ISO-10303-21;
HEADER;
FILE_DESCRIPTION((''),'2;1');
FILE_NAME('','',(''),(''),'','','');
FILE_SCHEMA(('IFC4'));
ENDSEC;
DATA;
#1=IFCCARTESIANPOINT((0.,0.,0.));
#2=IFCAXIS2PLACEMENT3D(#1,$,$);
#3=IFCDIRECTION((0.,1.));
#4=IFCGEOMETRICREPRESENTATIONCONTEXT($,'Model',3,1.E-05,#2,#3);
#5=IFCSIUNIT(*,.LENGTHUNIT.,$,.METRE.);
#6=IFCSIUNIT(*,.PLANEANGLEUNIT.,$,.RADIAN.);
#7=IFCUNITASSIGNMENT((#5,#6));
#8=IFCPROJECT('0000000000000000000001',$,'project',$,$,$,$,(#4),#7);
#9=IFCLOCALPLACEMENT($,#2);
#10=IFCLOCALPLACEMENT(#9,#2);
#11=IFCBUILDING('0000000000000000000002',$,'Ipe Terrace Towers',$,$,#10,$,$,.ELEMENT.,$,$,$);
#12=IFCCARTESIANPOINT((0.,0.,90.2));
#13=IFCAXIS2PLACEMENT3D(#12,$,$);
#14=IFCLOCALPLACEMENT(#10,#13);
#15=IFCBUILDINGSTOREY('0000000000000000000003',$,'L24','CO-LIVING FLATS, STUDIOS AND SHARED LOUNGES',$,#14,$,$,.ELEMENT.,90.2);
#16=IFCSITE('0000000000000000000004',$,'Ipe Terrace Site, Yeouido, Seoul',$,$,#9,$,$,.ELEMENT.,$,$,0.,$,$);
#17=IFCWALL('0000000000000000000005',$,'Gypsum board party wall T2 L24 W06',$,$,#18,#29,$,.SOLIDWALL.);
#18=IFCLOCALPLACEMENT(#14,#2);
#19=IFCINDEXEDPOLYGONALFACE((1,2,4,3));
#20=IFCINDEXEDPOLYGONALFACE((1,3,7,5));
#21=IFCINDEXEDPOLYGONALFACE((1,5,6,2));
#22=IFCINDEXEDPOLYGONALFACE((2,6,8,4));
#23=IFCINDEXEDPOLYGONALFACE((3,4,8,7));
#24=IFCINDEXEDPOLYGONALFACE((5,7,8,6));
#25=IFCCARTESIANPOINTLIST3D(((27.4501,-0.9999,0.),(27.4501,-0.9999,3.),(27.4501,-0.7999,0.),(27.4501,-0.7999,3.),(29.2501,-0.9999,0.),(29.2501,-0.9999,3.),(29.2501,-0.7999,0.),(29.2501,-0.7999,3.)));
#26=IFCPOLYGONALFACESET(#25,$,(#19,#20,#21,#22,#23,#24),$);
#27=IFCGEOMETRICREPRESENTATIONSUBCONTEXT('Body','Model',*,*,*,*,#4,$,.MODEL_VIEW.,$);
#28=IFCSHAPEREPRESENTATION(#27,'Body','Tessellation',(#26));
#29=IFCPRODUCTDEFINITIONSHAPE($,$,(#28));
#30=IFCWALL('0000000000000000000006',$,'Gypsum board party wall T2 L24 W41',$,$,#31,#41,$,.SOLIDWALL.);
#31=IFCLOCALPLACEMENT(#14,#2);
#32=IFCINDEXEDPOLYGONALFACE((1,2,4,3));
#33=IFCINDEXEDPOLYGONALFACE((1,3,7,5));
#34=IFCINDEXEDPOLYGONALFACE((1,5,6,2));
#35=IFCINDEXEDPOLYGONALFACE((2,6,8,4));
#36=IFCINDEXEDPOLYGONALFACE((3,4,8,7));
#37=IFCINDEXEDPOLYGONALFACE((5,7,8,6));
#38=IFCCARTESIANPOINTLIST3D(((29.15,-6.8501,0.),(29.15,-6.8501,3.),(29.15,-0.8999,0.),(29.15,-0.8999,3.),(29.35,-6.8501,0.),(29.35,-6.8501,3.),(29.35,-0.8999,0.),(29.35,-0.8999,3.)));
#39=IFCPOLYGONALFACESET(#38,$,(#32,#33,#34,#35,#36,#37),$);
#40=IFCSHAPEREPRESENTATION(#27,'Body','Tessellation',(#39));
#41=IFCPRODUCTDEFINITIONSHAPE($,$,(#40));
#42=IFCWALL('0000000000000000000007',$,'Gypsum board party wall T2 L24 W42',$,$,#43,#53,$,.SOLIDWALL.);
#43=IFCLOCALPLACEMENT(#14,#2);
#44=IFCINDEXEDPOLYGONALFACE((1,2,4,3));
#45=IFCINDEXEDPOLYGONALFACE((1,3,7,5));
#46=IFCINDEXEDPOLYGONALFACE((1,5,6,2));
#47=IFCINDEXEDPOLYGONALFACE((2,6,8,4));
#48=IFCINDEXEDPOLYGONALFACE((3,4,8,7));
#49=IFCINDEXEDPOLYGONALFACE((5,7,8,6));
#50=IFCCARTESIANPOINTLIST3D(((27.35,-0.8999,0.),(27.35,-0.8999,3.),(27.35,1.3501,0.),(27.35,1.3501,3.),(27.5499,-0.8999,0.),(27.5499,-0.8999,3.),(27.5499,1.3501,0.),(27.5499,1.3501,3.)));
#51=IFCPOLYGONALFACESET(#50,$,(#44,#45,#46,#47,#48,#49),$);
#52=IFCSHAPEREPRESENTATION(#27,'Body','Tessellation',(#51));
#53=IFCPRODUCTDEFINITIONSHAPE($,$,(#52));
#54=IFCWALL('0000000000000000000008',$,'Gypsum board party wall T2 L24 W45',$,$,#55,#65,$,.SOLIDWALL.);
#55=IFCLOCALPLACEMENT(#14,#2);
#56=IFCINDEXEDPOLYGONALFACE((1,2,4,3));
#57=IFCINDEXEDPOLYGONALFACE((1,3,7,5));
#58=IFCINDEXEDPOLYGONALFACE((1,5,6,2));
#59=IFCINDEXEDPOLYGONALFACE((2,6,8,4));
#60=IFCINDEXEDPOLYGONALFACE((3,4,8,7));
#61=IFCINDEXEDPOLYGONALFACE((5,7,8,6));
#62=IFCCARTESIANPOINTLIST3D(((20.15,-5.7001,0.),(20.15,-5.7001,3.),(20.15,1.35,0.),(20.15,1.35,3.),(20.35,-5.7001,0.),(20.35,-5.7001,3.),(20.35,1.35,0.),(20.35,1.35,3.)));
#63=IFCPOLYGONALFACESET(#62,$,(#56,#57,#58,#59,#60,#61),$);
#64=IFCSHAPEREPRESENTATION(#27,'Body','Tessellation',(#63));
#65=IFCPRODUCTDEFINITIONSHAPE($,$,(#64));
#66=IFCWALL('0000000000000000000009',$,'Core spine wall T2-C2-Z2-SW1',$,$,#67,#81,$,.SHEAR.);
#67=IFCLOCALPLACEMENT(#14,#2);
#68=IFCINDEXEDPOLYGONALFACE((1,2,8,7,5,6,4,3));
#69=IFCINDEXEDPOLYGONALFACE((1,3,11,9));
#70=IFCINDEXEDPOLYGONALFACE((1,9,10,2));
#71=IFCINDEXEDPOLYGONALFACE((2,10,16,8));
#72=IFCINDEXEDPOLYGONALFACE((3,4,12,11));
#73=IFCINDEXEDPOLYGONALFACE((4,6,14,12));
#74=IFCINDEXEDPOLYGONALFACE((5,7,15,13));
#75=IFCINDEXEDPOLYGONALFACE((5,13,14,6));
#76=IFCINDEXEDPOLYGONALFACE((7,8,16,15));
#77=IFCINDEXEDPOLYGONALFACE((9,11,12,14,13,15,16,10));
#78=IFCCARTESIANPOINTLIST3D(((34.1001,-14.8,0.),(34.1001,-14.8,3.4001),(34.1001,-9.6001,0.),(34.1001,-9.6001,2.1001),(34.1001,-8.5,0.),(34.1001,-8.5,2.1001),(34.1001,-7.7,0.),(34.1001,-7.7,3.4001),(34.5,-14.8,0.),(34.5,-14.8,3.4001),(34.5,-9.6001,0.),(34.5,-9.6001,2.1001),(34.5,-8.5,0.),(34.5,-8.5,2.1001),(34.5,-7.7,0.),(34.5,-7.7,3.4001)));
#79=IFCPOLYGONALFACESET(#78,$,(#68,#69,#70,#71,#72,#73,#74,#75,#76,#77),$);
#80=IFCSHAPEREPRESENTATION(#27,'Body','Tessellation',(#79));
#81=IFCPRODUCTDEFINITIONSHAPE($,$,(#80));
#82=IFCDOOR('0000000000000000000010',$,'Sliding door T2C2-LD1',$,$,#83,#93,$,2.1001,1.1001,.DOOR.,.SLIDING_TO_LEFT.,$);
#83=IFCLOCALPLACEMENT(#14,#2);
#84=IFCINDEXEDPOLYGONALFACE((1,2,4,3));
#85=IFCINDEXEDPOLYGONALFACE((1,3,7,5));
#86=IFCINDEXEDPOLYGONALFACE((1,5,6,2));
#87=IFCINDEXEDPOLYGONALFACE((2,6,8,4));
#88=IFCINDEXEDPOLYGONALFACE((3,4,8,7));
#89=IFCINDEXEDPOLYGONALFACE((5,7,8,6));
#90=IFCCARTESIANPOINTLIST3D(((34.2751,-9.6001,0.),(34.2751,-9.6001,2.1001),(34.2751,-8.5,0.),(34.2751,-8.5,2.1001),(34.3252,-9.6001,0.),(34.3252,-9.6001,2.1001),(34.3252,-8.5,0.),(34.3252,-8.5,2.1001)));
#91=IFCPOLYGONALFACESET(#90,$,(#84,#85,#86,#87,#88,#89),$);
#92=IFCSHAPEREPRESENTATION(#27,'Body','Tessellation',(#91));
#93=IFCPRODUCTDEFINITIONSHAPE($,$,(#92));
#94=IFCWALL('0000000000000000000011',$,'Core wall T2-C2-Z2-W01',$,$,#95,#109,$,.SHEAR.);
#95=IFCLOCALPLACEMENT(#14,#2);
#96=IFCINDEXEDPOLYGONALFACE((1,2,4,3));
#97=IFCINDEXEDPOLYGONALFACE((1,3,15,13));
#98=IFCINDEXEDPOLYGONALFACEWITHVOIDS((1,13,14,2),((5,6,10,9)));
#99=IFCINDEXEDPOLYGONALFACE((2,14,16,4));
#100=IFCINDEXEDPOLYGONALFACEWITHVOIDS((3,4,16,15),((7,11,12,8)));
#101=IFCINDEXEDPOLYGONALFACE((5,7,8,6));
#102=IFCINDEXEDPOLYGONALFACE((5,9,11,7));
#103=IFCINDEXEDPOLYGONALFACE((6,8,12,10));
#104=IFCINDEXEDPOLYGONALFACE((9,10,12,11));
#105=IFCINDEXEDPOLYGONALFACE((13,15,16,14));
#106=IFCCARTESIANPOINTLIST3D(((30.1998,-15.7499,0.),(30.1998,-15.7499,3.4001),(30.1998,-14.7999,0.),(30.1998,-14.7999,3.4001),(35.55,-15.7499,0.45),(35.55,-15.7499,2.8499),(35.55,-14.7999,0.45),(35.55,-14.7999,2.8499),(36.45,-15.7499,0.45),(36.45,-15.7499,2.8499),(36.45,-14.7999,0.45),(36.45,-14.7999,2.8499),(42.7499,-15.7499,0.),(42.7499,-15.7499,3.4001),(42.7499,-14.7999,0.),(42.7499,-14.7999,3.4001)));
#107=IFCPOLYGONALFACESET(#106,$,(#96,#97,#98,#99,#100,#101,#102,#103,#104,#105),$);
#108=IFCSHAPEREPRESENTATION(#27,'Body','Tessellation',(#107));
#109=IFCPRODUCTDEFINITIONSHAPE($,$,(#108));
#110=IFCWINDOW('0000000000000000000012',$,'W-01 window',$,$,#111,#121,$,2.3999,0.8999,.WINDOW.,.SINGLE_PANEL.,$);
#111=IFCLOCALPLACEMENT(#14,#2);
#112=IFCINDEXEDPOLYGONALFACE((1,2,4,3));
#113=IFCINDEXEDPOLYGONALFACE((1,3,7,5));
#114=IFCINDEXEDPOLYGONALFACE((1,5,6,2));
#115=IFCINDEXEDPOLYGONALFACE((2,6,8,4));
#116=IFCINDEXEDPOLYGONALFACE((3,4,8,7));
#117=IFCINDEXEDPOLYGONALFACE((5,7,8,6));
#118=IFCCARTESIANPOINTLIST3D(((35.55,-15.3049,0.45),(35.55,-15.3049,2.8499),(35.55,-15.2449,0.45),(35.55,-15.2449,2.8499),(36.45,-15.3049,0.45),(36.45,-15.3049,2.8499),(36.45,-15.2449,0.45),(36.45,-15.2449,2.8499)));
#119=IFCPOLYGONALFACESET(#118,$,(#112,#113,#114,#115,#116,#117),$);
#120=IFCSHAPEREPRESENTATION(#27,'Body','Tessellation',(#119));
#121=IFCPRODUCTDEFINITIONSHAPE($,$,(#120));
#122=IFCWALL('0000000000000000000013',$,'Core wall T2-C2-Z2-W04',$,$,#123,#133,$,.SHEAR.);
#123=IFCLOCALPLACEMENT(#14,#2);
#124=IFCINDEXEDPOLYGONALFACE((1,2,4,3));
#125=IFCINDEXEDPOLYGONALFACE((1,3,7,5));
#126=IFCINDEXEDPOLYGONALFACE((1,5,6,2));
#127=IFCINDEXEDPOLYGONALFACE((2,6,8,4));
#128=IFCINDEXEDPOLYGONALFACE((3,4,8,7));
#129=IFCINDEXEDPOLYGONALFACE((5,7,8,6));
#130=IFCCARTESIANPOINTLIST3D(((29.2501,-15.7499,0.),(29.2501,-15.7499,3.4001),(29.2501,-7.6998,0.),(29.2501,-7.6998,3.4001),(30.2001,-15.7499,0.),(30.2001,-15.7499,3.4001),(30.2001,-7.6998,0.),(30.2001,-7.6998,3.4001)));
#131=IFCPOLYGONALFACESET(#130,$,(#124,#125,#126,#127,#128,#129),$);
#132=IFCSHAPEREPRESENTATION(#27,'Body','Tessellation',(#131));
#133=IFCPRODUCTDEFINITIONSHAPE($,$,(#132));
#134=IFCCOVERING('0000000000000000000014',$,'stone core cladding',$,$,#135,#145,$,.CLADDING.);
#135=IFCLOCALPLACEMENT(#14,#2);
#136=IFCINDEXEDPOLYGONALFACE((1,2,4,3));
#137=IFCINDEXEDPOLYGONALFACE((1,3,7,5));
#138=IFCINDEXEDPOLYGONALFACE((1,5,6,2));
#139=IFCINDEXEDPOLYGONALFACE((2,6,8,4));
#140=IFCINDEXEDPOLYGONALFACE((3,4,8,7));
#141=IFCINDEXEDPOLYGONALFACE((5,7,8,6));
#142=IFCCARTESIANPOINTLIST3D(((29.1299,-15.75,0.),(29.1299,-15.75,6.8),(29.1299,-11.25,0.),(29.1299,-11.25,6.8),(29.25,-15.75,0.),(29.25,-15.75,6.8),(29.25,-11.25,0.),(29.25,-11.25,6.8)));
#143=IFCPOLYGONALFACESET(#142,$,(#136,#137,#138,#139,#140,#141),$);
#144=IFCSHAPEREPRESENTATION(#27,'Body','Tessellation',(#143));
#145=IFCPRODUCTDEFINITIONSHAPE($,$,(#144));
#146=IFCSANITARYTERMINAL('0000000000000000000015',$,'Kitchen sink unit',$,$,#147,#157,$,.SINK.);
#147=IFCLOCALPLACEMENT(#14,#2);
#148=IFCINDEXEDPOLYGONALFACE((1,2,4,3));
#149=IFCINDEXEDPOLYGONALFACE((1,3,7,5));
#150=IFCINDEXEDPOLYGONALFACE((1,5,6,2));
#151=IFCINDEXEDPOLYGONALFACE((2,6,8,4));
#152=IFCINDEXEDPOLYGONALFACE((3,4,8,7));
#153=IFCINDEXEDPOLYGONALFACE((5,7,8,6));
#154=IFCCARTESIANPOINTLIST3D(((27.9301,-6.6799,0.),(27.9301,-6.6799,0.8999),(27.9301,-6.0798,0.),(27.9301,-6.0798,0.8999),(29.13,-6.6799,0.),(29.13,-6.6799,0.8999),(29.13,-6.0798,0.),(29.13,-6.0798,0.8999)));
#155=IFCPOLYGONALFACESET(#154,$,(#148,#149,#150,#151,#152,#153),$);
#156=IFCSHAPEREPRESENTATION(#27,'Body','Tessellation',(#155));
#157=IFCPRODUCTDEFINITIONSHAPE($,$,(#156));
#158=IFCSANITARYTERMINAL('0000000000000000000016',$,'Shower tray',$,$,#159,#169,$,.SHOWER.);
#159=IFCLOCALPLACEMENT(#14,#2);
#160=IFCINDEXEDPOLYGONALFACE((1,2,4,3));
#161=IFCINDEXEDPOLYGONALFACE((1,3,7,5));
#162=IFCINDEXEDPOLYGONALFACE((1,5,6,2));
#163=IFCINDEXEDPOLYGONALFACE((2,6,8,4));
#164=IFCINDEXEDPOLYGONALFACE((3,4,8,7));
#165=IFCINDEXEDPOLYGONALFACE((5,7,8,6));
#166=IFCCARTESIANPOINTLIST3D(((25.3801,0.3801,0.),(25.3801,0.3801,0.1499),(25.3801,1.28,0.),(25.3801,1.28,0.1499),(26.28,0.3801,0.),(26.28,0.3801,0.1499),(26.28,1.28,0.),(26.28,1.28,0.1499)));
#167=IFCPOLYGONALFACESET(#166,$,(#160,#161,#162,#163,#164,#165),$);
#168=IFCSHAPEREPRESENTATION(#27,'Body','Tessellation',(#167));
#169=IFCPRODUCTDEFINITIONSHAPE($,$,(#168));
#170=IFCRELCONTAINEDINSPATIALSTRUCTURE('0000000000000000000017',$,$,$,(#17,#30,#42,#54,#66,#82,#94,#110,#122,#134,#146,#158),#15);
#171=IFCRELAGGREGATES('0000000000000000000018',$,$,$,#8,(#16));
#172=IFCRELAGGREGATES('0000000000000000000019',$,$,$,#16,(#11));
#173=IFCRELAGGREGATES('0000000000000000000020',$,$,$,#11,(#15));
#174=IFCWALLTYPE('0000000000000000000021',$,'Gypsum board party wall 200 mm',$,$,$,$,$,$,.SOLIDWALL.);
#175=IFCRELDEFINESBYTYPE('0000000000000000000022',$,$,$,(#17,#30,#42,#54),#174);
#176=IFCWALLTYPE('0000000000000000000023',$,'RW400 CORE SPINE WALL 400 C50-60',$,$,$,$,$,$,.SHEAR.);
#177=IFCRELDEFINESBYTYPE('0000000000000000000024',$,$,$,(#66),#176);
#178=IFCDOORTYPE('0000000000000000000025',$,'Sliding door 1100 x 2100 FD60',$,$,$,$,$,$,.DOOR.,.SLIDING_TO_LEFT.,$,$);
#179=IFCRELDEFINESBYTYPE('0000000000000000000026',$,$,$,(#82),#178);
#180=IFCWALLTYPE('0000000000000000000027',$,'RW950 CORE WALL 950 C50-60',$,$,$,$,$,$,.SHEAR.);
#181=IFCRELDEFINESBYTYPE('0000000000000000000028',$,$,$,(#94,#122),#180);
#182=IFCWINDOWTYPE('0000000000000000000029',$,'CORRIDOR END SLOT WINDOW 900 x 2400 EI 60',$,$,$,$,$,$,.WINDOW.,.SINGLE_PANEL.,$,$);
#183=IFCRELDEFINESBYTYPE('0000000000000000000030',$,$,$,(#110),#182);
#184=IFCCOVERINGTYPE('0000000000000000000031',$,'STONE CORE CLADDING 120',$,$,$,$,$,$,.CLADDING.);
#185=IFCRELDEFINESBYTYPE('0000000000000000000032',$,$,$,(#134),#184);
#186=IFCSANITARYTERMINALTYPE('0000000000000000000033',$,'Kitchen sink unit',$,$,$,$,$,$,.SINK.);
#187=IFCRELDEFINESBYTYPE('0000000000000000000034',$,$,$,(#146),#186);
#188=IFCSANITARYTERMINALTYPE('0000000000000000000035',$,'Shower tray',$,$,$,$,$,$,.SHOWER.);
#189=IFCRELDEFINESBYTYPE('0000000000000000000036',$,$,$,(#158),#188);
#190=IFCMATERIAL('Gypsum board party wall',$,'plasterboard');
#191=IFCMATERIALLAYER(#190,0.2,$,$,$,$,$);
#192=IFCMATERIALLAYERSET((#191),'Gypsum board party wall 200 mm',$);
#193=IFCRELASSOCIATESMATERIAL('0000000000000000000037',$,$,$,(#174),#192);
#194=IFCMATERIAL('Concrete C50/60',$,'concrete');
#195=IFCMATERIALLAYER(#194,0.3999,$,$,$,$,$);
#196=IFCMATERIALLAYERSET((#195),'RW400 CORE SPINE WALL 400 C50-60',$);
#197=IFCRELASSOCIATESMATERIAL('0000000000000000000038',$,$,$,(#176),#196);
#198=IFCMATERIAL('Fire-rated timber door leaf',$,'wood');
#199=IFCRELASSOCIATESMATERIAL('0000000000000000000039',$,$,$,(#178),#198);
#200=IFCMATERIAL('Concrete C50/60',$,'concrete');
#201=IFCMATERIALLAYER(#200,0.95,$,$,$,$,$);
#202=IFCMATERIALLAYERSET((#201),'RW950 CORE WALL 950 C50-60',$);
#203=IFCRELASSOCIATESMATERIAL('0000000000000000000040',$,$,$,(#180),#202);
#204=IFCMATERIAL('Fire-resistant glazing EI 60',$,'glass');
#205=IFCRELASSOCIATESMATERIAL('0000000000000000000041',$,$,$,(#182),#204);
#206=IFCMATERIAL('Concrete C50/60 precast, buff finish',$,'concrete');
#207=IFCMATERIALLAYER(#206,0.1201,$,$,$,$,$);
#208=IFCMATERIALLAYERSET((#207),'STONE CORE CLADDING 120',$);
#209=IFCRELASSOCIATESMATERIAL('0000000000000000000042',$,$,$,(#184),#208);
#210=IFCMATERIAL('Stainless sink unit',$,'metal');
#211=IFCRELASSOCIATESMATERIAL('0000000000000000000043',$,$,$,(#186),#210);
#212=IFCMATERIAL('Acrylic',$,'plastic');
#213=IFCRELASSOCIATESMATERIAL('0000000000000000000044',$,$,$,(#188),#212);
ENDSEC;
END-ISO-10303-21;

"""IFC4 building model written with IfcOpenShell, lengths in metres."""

from ifc_helpers import new_model, si_unit, direction, frame, frame_2d, origin, origin_2d, place, context, subcontext, project, spatial, rectangle, extrude, material, layer, layer_set, type_object, element, fill, save


model = new_model("IFC4")

# Units and contexts
model_context = context("Model", 3, precision=1e-05, world=origin(), true_north=direction((0.0, 1.0)))
body_context = subcontext(model_context, "Body", "Model", "MODEL_VIEW")
ifc_project = project(units=[si_unit("LENGTHUNIT", "METRE"), si_unit("PLANEANGLEUNIT", "RADIAN")], contexts=[model_context])

# Site, building, storey
site_placement = place(None, origin())
site = spatial("IfcSite", under=ifc_project, at=site_placement, Name="Ipe Terrace Site, Yeouido, Seoul", CompositionType="ELEMENT", RefElevation=0.0)
building_placement = place(site_placement, origin())
building = spatial("IfcBuilding", under=site, at=building_placement, Name="Ipe Terrace Towers", CompositionType="ELEMENT")
storey_placement = place(building_placement, frame((0.0, 0.0, 90.2)))
storey = spatial("IfcBuildingStorey", under=building, at=storey_placement, Name="L24", Description="CO-LIVING FLATS, STUDIOS AND SHARED LOUNGES", CompositionType="ELEMENT", Elevation=90.2)

# Walls
ifc_material_1 = material(Name="Gypsum board party wall", Category="plasterboard")
ifc_layer_1 = layer(ifc_material_1, 0.2)
ifc_layer_set_1 = layer_set([ifc_layer_1], Name="Gypsum board party wall 200 mm")
wall_type_1 = type_object("IfcWallType", Name="Gypsum board party wall 200 mm", PredefinedType="SOLIDWALL", material=ifc_layer_set_1)
wall_1_placement = place(storey_placement, frame((29.25, -0.8999, 0.0), z_axis=(0.0, 0.0, 1.0), x_axis=(-1.0, 0.0, 0.0)))
element("IfcWall", 1, at=wall_1_placement, inside=storey, type_object=wall_type_1, Name="Gypsum board party wall T2 L24 W06", PredefinedType="SOLIDWALL", context=body_context, shape_type="SweptSolid", body=[
    extrude(rectangle(XDim=1.8, YDim=0.2, at=frame_2d((0.8999, 0.0))), origin(), (0.0, 0.0, 1.0), 3.0),
])
wall_2_placement = place(storey_placement, frame((29.25, -6.8501, 0.0), z_axis=(0.0, 0.0, 1.0), x_axis=(0.0, 1.0, 0.0)))
element("IfcWall", 2, at=wall_2_placement, inside=storey, type_object=wall_type_1, Name="Gypsum board party wall T2 L24 W41", PredefinedType="SOLIDWALL", context=body_context, shape_type="SweptSolid", body=[
    extrude(rectangle(XDim=5.9502, YDim=0.2, at=frame_2d((2.9751, 0.0))), origin(), (0.0, 0.0, 1.0), 3.0),
])
wall_3_placement = place(storey_placement, frame((27.45, -0.8999, 0.0), z_axis=(0.0, 0.0, 1.0), x_axis=(0.0, 1.0, 0.0)))
element("IfcWall", 3, at=wall_3_placement, inside=storey, type_object=wall_type_1, Name="Gypsum board party wall T2 L24 W42", PredefinedType="SOLIDWALL", context=body_context, shape_type="SweptSolid", body=[
    extrude(rectangle(XDim=2.25, YDim=0.2, at=frame_2d((1.125, 0.0))), origin(), (0.0, 0.0, 1.0), 3.0),
])
wall_4_placement = place(storey_placement, frame((20.25, -5.7, 0.0), z_axis=(0.0, 0.0, 1.0), x_axis=(0.0, 1.0, 0.0)))
element("IfcWall", 4, at=wall_4_placement, inside=storey, type_object=wall_type_1, Name="Gypsum board party wall T2 L24 W45", PredefinedType="SOLIDWALL", context=body_context, shape_type="SweptSolid", body=[
    extrude(rectangle(XDim=7.05, YDim=0.2, at=frame_2d((3.5249, 0.0))), origin(), (0.0, 0.0, 1.0), 3.0),
])

# Wall, opening, door
ifc_material_2 = material(Name="Concrete C50/60", Category="concrete")
ifc_layer_2 = layer(ifc_material_2, 0.3999)
ifc_layer_set_2 = layer_set([ifc_layer_2], Name="RW400 CORE SPINE WALL 400 C50-60")
wall_type_2 = type_object("IfcWallType", Name="RW400 CORE SPINE WALL 400 C50-60", PredefinedType="SHEAR", material=ifc_layer_set_2)
wall_5_placement = place(storey_placement, frame((34.3, -14.8, 0.0), z_axis=(0.0, 0.0, 1.0), x_axis=(0.0, 1.0, 0.0)))
wall_5 = element("IfcWall", 5, at=wall_5_placement, inside=storey, type_object=wall_type_2, Name="Core spine wall T2-C2-Z2-SW1", PredefinedType="SHEAR", context=body_context, shape_type="SweptSolid", body=[
    extrude(rectangle(XDim=7.1001, YDim=0.3999, at=frame_2d((3.55, 0.0))), origin(), (0.0, 0.0, 1.0), 3.4001),
])
opening_1_placement = place(wall_5_placement, frame((5.2, 0.0, 0.0)))
opening_1 = element("IfcOpeningElement", 6, at=opening_1_placement, cuts=wall_5, PredefinedType="OPENING", context=body_context, shape_type="SweptSolid", body=[
    extrude(rectangle(XDim=1.1001, YDim=2.1001, at=frame_2d((0.55, 1.05))), frame((0.0, 0.21, 0.0), z_axis=(0.0, -1.0, 0.0), x_axis=(1.0, 0.0, 0.0)), (0.0, 0.0, 1.0), 0.4199),
])
ifc_material_3 = material(Name="Fire-rated timber door leaf", Category="wood")
door_type_1 = type_object("IfcDoorType", Name="Sliding door 1100 x 2100 FD60", OperationType="SLIDING_TO_LEFT", PredefinedType="DOOR", material=ifc_material_3)
door_1_placement = place(opening_1_placement, origin())
door_1 = element("IfcDoor", 7, at=door_1_placement, inside=storey, type_object=door_type_1, Name="Sliding door T2C2-LD1", OperationType="SLIDING_TO_LEFT", OverallHeight=2.1001, OverallWidth=1.1001, PredefinedType="DOOR", context=body_context, shape_type="SweptSolid", body=[
    extrude(rectangle(XDim=1.1001, YDim=2.1001, at=frame_2d((0.55, 1.05))), frame((0.0, 0.0249, 0.0), z_axis=(0.0, -1.0, 0.0), x_axis=(1.0, 0.0, 0.0)), (0.0, 0.0, 1.0), 0.05),
])
fill(opening_1, door_1)

# Wall, opening, window
ifc_material_4 = material(Name="Concrete C50/60", Category="concrete")
ifc_layer_3 = layer(ifc_material_4, 0.95)
ifc_layer_set_3 = layer_set([ifc_layer_3], Name="RW950 CORE WALL 950 C50-60")
wall_type_3 = type_object("IfcWallType", Name="RW950 CORE WALL 950 C50-60", PredefinedType="SHEAR", material=ifc_layer_set_3)
wall_6_placement = place(storey_placement, frame((30.2, -15.2749, 0.0), z_axis=(0.0, 0.0, 1.0), x_axis=(1.0, 0.0, 0.0)))
wall_6 = element("IfcWall", 8, at=wall_6_placement, inside=storey, type_object=wall_type_3, Name="Core wall T2-C2-Z2-W01", PredefinedType="SHEAR", context=body_context, shape_type="SweptSolid", body=[
    extrude(rectangle(XDim=12.55, YDim=0.95, at=frame_2d((6.2749, 0.0))), origin(), (0.0, 0.0, 1.0), 3.4001),
])
opening_2_placement = place(wall_6_placement, frame((5.3501, 0.0, 0.45)))
opening_2 = element("IfcOpeningElement", 9, at=opening_2_placement, cuts=wall_6, PredefinedType="OPENING", context=body_context, shape_type="SweptSolid", body=[
    extrude(rectangle(XDim=0.8999, YDim=2.3999, at=frame_2d((0.45, 1.2))), frame((0.0, 0.4849, 0.0), z_axis=(0.0, -1.0, 0.0), x_axis=(1.0, 0.0, 0.0)), (0.0, 0.0, 1.0), 0.97),
])
ifc_material_5 = material(Name="Fire-resistant glazing EI 60", Category="glass")
window_type = type_object("IfcWindowType", Name="CORRIDOR END SLOT WINDOW 900 x 2400 EI 60", PartitioningType="SINGLE_PANEL", PredefinedType="WINDOW", material=ifc_material_5)
window_placement = place(opening_2_placement, origin())
window = element("IfcWindow", 10, at=window_placement, inside=storey, type_object=window_type, Name="W-01 window", OverallHeight=2.3999, OverallWidth=0.8999, PartitioningType="SINGLE_PANEL", PredefinedType="WINDOW", context=body_context, shape_type="SweptSolid", body=[
    extrude(rectangle(XDim=0.8999, YDim=2.3999, at=frame_2d((0.45, 1.2))), frame((0.0, 0.03, 0.0), z_axis=(0.0, -1.0, 0.0), x_axis=(1.0, 0.0, 0.0)), (0.0, 0.0, 1.0), 0.0601),
])
fill(opening_2, window)

# Wall
wall_7_placement = place(storey_placement, frame((29.7251, -7.7, 0.0), z_axis=(0.0, 0.0, 1.0), x_axis=(0.0, -1.0, 0.0)))
element("IfcWall", 11, at=wall_7_placement, inside=storey, type_object=wall_type_3, Name="Core wall T2-C2-Z2-W04", PredefinedType="SHEAR", context=body_context, shape_type="SweptSolid", body=[
    extrude(rectangle(XDim=8.05, YDim=0.95, at=frame_2d((4.0249, 0.0))), origin(), (0.0, 0.0, 1.0), 3.4001),
])

# Covering
ifc_material_6 = material(Name="Concrete C50/60 precast, buff finish", Category="concrete")
ifc_layer_4 = layer(ifc_material_6, 0.1201)
ifc_layer_set_4 = layer_set([ifc_layer_4], Name="STONE CORE CLADDING 120")
covering_type = type_object("IfcCoveringType", Name="STONE CORE CLADDING 120", PredefinedType="CLADDING", material=ifc_layer_set_4)
covering_placement = place(storey_placement, frame((29.1899, -13.5, 0.0), z_axis=(0.0, 0.0, 1.0), x_axis=(0.0, -1.0, 0.0)))
element("IfcCovering", 12, at=covering_placement, inside=storey, type_object=covering_type, Name="stone core cladding", PredefinedType="CLADDING", context=body_context, shape_type="SweptSolid", body=[
    extrude(rectangle(XDim=4.5, YDim=0.1201, at=origin_2d()), origin(), (0.0, 0.0, 1.0), 6.8),
])

# Sanitary terminals
ifc_material_7 = material(Name="Stainless sink unit", Category="metal")
sanitary_terminal_type_1 = type_object("IfcSanitaryTerminalType", Name="Kitchen sink unit", PredefinedType="SINK", material=ifc_material_7)
sanitary_terminal_1_placement = place(storey_placement, frame((28.53, -6.3799, 0.0), z_axis=(0.0, 0.0, 1.0), x_axis=(-1.0, 0.0, 0.0)))
element("IfcSanitaryTerminal", 13, at=sanitary_terminal_1_placement, inside=storey, type_object=sanitary_terminal_type_1, Name="Kitchen sink unit", PredefinedType="SINK", context=body_context, shape_type="SweptSolid", body=[
    extrude(rectangle(XDim=1.2, YDim=0.6001, at=origin_2d()), origin(), (0.0, 0.0, 1.0), 0.8999),
])
ifc_material_8 = material(Name="Acrylic", Category="plastic")
sanitary_terminal_type_2 = type_object("IfcSanitaryTerminalType", Name="Shower tray", PredefinedType="SHOWER", material=ifc_material_8)
sanitary_terminal_2_placement = place(storey_placement, frame((25.8301, 0.8301, 0.0), z_axis=(0.0, 0.0, 1.0), x_axis=(0.0, -1.0, 0.0)))
element("IfcSanitaryTerminal", 14, at=sanitary_terminal_2_placement, inside=storey, type_object=sanitary_terminal_type_2, Name="Shower tray", PredefinedType="SHOWER", context=body_context, shape_type="SweptSolid", body=[
    extrude(rectangle(XDim=0.8999, YDim=0.8999, at=origin_2d()), origin(), (0.0, 0.0, 1.0), 0.1499),
])

save(model, "model.ifc")
